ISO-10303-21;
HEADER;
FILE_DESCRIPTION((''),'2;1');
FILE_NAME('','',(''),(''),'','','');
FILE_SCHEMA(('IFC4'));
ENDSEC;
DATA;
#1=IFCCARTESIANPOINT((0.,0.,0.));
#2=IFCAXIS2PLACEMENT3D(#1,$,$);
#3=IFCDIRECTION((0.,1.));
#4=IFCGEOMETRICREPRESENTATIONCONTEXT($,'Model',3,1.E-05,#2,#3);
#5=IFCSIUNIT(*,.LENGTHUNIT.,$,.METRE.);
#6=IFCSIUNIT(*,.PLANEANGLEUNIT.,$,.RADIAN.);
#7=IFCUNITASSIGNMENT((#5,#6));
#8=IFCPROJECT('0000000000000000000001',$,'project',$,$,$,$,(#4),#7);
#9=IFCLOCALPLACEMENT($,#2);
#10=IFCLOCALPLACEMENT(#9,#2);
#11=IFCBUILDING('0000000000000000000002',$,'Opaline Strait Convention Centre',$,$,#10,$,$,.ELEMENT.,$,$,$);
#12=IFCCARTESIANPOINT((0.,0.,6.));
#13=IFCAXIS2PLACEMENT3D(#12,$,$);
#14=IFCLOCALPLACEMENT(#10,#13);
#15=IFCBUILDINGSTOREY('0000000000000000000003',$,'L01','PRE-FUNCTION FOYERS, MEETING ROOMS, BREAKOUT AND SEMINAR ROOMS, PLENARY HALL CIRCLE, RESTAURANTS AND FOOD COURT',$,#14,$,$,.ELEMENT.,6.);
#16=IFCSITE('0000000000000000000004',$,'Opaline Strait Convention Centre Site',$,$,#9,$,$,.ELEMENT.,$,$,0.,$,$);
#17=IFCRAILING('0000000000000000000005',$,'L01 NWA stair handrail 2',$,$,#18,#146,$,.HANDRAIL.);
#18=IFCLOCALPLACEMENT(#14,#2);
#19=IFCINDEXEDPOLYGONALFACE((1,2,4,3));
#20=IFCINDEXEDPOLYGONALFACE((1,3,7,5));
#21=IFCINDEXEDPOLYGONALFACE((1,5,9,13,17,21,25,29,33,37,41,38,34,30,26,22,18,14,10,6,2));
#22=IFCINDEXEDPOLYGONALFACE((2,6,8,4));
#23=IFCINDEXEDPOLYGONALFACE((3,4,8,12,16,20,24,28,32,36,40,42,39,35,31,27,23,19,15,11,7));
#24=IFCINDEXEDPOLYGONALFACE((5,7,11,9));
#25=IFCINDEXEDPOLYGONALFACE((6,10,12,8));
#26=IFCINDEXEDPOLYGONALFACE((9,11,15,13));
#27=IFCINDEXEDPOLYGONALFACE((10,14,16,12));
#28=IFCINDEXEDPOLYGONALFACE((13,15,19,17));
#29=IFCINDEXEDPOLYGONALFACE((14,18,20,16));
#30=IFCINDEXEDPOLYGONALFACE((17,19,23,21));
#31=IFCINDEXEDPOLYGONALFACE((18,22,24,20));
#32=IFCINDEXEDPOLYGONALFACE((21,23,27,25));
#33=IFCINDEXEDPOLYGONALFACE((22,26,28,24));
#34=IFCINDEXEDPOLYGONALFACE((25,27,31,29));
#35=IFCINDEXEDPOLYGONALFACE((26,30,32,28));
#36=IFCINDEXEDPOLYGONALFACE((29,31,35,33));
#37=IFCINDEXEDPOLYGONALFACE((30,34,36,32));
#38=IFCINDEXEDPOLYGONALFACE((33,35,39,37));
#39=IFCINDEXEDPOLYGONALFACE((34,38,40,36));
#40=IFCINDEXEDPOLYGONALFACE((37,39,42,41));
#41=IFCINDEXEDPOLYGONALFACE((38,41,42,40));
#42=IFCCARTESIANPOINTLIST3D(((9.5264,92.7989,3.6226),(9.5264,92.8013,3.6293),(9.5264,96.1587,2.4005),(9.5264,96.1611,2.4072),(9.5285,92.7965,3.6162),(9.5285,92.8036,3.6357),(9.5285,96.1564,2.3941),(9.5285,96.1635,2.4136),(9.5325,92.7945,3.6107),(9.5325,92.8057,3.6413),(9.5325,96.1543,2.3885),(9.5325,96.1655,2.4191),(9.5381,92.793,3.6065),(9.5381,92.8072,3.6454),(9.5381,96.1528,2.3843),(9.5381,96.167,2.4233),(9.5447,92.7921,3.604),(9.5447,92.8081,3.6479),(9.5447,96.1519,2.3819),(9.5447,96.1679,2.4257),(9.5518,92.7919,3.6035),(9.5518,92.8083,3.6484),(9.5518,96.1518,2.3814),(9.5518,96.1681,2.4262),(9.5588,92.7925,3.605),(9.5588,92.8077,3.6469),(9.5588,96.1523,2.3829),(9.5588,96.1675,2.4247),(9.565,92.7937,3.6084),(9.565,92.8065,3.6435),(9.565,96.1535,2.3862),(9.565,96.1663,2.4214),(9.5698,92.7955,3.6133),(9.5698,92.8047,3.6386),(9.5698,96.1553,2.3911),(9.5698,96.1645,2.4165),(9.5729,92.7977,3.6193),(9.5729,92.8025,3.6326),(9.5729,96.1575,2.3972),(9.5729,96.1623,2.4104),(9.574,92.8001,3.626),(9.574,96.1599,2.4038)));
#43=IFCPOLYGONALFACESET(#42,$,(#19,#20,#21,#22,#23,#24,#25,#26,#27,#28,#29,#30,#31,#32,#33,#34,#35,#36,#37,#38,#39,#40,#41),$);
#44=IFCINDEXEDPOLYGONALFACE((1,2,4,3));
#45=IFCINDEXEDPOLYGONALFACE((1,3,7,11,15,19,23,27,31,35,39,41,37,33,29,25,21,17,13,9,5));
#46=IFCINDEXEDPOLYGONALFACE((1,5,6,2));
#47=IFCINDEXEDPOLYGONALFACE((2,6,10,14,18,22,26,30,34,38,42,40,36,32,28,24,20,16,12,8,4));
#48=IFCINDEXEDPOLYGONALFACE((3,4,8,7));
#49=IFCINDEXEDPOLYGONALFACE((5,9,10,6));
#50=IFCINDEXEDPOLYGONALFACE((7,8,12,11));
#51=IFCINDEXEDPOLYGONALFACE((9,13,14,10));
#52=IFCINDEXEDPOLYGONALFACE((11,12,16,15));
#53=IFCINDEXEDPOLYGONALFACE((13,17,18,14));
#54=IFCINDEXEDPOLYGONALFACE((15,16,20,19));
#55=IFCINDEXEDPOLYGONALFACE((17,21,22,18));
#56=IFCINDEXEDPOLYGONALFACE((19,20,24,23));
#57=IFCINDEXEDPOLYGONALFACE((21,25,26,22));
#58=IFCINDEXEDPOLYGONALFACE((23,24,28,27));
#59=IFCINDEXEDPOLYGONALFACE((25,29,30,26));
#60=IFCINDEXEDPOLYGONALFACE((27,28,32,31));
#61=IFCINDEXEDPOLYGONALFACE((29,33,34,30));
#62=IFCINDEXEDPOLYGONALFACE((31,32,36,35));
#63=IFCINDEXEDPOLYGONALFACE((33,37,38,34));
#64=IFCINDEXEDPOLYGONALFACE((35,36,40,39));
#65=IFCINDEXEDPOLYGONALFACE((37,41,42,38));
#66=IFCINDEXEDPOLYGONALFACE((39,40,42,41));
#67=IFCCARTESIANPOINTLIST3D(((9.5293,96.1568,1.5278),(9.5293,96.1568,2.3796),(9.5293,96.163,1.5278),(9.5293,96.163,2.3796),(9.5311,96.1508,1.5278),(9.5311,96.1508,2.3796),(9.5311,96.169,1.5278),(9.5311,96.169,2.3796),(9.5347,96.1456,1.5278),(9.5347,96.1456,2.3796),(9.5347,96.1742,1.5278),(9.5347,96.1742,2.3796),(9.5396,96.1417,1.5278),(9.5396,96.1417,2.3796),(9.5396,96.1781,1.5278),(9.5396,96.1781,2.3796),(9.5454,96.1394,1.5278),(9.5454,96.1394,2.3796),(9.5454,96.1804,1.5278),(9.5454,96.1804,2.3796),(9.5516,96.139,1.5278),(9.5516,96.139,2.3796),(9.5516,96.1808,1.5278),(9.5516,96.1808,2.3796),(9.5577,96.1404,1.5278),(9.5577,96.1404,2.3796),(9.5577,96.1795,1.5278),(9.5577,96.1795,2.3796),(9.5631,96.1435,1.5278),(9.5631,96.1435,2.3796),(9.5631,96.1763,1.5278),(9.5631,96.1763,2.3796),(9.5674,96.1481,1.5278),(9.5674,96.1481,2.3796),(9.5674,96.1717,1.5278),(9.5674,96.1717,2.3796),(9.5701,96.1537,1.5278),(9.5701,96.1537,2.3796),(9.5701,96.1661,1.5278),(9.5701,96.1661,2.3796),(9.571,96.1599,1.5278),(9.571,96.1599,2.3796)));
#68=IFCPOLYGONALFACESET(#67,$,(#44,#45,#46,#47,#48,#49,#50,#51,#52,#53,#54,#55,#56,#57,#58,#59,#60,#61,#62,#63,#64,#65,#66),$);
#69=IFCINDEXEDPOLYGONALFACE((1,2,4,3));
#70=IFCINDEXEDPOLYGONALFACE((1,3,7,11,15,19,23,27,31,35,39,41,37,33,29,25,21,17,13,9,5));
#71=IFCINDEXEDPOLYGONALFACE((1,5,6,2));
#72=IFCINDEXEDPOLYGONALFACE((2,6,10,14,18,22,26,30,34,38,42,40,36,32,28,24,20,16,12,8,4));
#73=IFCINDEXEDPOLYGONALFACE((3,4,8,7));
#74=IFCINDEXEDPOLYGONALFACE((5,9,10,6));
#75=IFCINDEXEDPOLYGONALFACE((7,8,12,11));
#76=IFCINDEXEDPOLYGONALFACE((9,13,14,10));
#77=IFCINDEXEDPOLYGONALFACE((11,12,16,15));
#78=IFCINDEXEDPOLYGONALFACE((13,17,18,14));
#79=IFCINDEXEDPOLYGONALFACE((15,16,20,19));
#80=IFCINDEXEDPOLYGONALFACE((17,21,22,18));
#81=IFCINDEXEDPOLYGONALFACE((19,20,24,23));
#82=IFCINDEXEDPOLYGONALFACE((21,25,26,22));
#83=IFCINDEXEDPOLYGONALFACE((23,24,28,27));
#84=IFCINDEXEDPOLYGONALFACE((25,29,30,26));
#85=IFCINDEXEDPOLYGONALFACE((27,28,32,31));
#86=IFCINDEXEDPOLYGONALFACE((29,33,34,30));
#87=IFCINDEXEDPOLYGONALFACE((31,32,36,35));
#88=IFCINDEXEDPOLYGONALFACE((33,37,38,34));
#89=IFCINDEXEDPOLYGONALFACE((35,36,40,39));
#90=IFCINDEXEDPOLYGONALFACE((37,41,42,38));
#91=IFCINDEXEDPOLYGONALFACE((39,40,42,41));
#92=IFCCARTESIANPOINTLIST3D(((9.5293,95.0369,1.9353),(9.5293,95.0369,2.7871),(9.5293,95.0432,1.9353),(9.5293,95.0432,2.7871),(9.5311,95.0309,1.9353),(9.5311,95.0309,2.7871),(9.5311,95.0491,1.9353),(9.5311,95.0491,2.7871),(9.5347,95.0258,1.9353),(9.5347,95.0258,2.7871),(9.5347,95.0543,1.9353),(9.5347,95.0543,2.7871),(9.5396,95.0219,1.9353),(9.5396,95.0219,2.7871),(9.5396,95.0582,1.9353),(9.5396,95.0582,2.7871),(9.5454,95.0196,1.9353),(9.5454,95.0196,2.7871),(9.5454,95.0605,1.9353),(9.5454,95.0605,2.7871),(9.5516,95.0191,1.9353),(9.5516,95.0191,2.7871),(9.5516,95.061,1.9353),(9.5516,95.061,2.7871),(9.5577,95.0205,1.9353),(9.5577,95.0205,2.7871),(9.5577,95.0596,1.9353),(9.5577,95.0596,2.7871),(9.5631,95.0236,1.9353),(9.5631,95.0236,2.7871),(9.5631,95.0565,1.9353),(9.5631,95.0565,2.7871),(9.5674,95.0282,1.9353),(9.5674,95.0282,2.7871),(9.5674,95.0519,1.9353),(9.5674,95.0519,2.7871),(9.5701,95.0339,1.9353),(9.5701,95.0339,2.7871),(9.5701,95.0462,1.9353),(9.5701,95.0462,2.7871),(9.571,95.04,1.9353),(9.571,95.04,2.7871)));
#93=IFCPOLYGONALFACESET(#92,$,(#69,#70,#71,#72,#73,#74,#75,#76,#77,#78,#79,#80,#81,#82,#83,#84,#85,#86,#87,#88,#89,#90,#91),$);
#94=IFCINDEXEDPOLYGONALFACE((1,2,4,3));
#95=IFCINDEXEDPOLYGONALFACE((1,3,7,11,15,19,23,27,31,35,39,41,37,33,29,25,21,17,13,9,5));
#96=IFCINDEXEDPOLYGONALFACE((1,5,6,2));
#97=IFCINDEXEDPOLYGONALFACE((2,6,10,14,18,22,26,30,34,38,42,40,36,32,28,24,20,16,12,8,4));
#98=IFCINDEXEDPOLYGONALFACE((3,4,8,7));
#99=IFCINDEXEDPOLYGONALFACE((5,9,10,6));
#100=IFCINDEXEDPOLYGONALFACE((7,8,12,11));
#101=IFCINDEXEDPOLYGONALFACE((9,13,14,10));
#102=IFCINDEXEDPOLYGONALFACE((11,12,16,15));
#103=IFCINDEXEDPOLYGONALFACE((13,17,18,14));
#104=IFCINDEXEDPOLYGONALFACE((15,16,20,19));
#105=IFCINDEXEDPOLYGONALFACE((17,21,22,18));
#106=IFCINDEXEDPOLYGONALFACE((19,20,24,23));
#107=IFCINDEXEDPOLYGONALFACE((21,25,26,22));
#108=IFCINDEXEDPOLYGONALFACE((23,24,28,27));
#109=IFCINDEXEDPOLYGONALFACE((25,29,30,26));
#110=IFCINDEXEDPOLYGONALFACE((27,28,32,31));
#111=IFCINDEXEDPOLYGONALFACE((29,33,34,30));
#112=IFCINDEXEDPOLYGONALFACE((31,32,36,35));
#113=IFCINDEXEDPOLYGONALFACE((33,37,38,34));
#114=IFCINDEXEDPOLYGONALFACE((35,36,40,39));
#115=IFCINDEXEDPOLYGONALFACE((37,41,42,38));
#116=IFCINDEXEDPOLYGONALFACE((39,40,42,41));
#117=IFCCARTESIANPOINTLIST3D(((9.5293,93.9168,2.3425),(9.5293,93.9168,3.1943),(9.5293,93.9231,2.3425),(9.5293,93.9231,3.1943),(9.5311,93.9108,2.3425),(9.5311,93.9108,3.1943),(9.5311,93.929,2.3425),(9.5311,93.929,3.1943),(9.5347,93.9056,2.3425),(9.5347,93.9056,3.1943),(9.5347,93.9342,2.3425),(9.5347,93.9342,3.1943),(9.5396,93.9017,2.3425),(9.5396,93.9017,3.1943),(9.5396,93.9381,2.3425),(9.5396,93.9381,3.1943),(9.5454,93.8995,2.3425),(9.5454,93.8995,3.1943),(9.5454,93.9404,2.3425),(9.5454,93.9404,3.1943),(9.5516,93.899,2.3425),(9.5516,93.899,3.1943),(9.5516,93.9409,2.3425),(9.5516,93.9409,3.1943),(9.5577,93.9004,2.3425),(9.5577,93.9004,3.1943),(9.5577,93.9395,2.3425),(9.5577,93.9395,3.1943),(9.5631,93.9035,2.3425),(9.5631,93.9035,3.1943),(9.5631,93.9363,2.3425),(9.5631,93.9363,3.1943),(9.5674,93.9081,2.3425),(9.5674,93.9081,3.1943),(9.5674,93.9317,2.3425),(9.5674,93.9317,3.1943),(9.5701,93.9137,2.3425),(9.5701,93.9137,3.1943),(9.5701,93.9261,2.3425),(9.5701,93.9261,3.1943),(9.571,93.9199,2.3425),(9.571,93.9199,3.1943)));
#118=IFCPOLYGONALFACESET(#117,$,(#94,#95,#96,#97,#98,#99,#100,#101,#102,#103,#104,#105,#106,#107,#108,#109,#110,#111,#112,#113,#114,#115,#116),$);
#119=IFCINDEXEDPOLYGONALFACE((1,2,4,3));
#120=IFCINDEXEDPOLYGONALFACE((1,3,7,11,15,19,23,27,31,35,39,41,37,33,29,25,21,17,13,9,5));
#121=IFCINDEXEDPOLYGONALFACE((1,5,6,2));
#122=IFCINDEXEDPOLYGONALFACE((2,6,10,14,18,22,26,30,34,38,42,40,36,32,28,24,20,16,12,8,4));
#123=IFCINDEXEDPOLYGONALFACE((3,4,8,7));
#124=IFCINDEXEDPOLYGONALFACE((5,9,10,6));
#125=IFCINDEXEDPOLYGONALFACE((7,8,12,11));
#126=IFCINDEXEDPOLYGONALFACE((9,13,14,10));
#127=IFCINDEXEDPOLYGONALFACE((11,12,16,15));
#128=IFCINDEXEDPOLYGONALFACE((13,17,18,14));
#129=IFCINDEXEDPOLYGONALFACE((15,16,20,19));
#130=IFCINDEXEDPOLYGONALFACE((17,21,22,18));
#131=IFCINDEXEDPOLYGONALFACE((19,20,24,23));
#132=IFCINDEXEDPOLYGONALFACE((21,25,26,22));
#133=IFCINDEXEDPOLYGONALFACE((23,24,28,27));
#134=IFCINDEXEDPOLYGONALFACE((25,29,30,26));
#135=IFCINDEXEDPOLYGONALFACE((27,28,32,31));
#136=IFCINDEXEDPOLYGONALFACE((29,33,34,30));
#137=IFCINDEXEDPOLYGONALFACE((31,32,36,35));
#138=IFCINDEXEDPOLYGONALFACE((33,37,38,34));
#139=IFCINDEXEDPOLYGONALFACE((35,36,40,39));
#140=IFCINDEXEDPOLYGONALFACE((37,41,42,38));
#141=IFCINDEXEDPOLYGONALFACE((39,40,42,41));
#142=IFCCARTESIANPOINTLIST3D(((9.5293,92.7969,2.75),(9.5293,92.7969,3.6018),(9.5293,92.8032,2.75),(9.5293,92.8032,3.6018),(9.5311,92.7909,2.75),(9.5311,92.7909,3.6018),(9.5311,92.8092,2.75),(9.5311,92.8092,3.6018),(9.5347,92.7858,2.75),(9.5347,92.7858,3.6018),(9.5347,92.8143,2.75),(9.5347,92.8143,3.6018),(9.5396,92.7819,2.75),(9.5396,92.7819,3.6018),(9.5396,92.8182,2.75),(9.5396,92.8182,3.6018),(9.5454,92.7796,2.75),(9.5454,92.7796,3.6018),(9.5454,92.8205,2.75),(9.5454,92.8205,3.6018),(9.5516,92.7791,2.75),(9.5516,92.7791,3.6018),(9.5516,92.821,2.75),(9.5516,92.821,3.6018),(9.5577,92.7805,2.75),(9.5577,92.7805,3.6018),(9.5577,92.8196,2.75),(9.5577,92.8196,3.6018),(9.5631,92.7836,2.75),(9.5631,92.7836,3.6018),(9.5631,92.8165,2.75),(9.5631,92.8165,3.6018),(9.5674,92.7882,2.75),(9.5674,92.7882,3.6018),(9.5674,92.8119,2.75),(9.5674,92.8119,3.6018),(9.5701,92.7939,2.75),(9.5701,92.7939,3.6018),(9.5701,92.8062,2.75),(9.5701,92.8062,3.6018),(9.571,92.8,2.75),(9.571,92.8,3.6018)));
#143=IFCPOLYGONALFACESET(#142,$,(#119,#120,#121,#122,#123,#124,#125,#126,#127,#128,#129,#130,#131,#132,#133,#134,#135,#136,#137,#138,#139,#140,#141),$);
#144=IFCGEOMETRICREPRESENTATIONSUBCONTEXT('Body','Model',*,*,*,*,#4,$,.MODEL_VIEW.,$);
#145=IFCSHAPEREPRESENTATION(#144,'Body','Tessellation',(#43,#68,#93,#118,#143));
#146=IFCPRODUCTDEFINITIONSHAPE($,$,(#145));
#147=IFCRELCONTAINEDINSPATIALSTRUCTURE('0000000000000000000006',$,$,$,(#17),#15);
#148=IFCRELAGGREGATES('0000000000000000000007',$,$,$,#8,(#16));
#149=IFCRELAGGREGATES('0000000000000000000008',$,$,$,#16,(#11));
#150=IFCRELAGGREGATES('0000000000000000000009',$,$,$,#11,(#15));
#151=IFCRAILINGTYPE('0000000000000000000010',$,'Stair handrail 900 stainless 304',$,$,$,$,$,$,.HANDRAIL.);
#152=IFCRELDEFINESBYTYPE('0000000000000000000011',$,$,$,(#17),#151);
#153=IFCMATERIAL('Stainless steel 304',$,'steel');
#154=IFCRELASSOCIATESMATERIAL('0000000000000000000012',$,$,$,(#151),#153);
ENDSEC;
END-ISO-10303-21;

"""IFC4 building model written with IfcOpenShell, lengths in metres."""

from ifc_helpers import new_model, si_unit, direction, frame, origin, origin_2d, place, context, subcontext, project, spatial, circle, extrude, material, type_object, element, save


model = new_model("IFC4")

# Units and contexts
model_context = context("Model", 3, precision=1e-05, world=origin(), true_north=direction((0.0, 1.0)))
body_context = subcontext(model_context, "Body", "Model", "MODEL_VIEW")
ifc_project = project(units=[si_unit("LENGTHUNIT", "METRE"), si_unit("PLANEANGLEUNIT", "RADIAN")], contexts=[model_context])

# Site, building, storey
site_placement = place(None, origin())
site = spatial("IfcSite", under=ifc_project, at=site_placement, Name="Opaline Strait Convention Centre Site", CompositionType="ELEMENT", RefElevation=0.0)
building_placement = place(site_placement, origin())
building = spatial("IfcBuilding", under=site, at=building_placement, Name="Opaline Strait Convention Centre", CompositionType="ELEMENT")
storey_placement = place(building_placement, frame((0.0, 0.0, 6.0)))
storey = spatial("IfcBuildingStorey", under=building, at=storey_placement, Name="L01", Description="PRE-FUNCTION FOYERS, MEETING ROOMS, BREAKOUT AND SEMINAR ROOMS, PLENARY HALL CIRCLE, RESTAURANTS AND FOOD COURT", CompositionType="ELEMENT", Elevation=6.0)

# Railing
ifc_material_1 = material(Name="Stainless steel 304", Category="steel")
railing_type_1 = type_object("IfcRailingType", Name="Stair handrail 900 stainless 304", PredefinedType="HANDRAIL", material=ifc_material_1)
for number, where, name in (
    (1, (9.55, 96.1599, 1.5278), "L01 NWA stair handrail 2"),
):
    element("IfcRailing", number, at=place(storey_placement, frame(where)), inside=storey, type_object=railing_type_1, Name=name, PredefinedType="HANDRAIL", context=body_context, shape_type="SweptSolid", body=[
        extrude(circle(Radius=0.0239, at=origin_2d()), frame((0.0, 0.0, 0.876), z_axis=(0.0, -0.939758, 0.341842), x_axis=(1.0, 0.0, 0.0)), (0.0, 0.0, 1.0), 3.5752),
        extrude(circle(Radius=0.021, at=origin_2d()), origin(), (0.0, 0.0, 1.0), 0.8518),
        extrude(circle(Radius=0.021, at=origin_2d()), frame((0.0, -1.1199, 0.4075)), (0.0, 0.0, 1.0), 0.8518),
        extrude(circle(Radius=0.021, at=origin_2d()), frame((0.0, -2.24, 0.8147)), (0.0, 0.0, 1.0), 0.8518),
        extrude(circle(Radius=0.021, at=origin_2d()), frame((0.0, -3.3599, 1.2222)), (0.0, 0.0, 1.0), 0.8518),
    ])

save(model, "model.ifc")
